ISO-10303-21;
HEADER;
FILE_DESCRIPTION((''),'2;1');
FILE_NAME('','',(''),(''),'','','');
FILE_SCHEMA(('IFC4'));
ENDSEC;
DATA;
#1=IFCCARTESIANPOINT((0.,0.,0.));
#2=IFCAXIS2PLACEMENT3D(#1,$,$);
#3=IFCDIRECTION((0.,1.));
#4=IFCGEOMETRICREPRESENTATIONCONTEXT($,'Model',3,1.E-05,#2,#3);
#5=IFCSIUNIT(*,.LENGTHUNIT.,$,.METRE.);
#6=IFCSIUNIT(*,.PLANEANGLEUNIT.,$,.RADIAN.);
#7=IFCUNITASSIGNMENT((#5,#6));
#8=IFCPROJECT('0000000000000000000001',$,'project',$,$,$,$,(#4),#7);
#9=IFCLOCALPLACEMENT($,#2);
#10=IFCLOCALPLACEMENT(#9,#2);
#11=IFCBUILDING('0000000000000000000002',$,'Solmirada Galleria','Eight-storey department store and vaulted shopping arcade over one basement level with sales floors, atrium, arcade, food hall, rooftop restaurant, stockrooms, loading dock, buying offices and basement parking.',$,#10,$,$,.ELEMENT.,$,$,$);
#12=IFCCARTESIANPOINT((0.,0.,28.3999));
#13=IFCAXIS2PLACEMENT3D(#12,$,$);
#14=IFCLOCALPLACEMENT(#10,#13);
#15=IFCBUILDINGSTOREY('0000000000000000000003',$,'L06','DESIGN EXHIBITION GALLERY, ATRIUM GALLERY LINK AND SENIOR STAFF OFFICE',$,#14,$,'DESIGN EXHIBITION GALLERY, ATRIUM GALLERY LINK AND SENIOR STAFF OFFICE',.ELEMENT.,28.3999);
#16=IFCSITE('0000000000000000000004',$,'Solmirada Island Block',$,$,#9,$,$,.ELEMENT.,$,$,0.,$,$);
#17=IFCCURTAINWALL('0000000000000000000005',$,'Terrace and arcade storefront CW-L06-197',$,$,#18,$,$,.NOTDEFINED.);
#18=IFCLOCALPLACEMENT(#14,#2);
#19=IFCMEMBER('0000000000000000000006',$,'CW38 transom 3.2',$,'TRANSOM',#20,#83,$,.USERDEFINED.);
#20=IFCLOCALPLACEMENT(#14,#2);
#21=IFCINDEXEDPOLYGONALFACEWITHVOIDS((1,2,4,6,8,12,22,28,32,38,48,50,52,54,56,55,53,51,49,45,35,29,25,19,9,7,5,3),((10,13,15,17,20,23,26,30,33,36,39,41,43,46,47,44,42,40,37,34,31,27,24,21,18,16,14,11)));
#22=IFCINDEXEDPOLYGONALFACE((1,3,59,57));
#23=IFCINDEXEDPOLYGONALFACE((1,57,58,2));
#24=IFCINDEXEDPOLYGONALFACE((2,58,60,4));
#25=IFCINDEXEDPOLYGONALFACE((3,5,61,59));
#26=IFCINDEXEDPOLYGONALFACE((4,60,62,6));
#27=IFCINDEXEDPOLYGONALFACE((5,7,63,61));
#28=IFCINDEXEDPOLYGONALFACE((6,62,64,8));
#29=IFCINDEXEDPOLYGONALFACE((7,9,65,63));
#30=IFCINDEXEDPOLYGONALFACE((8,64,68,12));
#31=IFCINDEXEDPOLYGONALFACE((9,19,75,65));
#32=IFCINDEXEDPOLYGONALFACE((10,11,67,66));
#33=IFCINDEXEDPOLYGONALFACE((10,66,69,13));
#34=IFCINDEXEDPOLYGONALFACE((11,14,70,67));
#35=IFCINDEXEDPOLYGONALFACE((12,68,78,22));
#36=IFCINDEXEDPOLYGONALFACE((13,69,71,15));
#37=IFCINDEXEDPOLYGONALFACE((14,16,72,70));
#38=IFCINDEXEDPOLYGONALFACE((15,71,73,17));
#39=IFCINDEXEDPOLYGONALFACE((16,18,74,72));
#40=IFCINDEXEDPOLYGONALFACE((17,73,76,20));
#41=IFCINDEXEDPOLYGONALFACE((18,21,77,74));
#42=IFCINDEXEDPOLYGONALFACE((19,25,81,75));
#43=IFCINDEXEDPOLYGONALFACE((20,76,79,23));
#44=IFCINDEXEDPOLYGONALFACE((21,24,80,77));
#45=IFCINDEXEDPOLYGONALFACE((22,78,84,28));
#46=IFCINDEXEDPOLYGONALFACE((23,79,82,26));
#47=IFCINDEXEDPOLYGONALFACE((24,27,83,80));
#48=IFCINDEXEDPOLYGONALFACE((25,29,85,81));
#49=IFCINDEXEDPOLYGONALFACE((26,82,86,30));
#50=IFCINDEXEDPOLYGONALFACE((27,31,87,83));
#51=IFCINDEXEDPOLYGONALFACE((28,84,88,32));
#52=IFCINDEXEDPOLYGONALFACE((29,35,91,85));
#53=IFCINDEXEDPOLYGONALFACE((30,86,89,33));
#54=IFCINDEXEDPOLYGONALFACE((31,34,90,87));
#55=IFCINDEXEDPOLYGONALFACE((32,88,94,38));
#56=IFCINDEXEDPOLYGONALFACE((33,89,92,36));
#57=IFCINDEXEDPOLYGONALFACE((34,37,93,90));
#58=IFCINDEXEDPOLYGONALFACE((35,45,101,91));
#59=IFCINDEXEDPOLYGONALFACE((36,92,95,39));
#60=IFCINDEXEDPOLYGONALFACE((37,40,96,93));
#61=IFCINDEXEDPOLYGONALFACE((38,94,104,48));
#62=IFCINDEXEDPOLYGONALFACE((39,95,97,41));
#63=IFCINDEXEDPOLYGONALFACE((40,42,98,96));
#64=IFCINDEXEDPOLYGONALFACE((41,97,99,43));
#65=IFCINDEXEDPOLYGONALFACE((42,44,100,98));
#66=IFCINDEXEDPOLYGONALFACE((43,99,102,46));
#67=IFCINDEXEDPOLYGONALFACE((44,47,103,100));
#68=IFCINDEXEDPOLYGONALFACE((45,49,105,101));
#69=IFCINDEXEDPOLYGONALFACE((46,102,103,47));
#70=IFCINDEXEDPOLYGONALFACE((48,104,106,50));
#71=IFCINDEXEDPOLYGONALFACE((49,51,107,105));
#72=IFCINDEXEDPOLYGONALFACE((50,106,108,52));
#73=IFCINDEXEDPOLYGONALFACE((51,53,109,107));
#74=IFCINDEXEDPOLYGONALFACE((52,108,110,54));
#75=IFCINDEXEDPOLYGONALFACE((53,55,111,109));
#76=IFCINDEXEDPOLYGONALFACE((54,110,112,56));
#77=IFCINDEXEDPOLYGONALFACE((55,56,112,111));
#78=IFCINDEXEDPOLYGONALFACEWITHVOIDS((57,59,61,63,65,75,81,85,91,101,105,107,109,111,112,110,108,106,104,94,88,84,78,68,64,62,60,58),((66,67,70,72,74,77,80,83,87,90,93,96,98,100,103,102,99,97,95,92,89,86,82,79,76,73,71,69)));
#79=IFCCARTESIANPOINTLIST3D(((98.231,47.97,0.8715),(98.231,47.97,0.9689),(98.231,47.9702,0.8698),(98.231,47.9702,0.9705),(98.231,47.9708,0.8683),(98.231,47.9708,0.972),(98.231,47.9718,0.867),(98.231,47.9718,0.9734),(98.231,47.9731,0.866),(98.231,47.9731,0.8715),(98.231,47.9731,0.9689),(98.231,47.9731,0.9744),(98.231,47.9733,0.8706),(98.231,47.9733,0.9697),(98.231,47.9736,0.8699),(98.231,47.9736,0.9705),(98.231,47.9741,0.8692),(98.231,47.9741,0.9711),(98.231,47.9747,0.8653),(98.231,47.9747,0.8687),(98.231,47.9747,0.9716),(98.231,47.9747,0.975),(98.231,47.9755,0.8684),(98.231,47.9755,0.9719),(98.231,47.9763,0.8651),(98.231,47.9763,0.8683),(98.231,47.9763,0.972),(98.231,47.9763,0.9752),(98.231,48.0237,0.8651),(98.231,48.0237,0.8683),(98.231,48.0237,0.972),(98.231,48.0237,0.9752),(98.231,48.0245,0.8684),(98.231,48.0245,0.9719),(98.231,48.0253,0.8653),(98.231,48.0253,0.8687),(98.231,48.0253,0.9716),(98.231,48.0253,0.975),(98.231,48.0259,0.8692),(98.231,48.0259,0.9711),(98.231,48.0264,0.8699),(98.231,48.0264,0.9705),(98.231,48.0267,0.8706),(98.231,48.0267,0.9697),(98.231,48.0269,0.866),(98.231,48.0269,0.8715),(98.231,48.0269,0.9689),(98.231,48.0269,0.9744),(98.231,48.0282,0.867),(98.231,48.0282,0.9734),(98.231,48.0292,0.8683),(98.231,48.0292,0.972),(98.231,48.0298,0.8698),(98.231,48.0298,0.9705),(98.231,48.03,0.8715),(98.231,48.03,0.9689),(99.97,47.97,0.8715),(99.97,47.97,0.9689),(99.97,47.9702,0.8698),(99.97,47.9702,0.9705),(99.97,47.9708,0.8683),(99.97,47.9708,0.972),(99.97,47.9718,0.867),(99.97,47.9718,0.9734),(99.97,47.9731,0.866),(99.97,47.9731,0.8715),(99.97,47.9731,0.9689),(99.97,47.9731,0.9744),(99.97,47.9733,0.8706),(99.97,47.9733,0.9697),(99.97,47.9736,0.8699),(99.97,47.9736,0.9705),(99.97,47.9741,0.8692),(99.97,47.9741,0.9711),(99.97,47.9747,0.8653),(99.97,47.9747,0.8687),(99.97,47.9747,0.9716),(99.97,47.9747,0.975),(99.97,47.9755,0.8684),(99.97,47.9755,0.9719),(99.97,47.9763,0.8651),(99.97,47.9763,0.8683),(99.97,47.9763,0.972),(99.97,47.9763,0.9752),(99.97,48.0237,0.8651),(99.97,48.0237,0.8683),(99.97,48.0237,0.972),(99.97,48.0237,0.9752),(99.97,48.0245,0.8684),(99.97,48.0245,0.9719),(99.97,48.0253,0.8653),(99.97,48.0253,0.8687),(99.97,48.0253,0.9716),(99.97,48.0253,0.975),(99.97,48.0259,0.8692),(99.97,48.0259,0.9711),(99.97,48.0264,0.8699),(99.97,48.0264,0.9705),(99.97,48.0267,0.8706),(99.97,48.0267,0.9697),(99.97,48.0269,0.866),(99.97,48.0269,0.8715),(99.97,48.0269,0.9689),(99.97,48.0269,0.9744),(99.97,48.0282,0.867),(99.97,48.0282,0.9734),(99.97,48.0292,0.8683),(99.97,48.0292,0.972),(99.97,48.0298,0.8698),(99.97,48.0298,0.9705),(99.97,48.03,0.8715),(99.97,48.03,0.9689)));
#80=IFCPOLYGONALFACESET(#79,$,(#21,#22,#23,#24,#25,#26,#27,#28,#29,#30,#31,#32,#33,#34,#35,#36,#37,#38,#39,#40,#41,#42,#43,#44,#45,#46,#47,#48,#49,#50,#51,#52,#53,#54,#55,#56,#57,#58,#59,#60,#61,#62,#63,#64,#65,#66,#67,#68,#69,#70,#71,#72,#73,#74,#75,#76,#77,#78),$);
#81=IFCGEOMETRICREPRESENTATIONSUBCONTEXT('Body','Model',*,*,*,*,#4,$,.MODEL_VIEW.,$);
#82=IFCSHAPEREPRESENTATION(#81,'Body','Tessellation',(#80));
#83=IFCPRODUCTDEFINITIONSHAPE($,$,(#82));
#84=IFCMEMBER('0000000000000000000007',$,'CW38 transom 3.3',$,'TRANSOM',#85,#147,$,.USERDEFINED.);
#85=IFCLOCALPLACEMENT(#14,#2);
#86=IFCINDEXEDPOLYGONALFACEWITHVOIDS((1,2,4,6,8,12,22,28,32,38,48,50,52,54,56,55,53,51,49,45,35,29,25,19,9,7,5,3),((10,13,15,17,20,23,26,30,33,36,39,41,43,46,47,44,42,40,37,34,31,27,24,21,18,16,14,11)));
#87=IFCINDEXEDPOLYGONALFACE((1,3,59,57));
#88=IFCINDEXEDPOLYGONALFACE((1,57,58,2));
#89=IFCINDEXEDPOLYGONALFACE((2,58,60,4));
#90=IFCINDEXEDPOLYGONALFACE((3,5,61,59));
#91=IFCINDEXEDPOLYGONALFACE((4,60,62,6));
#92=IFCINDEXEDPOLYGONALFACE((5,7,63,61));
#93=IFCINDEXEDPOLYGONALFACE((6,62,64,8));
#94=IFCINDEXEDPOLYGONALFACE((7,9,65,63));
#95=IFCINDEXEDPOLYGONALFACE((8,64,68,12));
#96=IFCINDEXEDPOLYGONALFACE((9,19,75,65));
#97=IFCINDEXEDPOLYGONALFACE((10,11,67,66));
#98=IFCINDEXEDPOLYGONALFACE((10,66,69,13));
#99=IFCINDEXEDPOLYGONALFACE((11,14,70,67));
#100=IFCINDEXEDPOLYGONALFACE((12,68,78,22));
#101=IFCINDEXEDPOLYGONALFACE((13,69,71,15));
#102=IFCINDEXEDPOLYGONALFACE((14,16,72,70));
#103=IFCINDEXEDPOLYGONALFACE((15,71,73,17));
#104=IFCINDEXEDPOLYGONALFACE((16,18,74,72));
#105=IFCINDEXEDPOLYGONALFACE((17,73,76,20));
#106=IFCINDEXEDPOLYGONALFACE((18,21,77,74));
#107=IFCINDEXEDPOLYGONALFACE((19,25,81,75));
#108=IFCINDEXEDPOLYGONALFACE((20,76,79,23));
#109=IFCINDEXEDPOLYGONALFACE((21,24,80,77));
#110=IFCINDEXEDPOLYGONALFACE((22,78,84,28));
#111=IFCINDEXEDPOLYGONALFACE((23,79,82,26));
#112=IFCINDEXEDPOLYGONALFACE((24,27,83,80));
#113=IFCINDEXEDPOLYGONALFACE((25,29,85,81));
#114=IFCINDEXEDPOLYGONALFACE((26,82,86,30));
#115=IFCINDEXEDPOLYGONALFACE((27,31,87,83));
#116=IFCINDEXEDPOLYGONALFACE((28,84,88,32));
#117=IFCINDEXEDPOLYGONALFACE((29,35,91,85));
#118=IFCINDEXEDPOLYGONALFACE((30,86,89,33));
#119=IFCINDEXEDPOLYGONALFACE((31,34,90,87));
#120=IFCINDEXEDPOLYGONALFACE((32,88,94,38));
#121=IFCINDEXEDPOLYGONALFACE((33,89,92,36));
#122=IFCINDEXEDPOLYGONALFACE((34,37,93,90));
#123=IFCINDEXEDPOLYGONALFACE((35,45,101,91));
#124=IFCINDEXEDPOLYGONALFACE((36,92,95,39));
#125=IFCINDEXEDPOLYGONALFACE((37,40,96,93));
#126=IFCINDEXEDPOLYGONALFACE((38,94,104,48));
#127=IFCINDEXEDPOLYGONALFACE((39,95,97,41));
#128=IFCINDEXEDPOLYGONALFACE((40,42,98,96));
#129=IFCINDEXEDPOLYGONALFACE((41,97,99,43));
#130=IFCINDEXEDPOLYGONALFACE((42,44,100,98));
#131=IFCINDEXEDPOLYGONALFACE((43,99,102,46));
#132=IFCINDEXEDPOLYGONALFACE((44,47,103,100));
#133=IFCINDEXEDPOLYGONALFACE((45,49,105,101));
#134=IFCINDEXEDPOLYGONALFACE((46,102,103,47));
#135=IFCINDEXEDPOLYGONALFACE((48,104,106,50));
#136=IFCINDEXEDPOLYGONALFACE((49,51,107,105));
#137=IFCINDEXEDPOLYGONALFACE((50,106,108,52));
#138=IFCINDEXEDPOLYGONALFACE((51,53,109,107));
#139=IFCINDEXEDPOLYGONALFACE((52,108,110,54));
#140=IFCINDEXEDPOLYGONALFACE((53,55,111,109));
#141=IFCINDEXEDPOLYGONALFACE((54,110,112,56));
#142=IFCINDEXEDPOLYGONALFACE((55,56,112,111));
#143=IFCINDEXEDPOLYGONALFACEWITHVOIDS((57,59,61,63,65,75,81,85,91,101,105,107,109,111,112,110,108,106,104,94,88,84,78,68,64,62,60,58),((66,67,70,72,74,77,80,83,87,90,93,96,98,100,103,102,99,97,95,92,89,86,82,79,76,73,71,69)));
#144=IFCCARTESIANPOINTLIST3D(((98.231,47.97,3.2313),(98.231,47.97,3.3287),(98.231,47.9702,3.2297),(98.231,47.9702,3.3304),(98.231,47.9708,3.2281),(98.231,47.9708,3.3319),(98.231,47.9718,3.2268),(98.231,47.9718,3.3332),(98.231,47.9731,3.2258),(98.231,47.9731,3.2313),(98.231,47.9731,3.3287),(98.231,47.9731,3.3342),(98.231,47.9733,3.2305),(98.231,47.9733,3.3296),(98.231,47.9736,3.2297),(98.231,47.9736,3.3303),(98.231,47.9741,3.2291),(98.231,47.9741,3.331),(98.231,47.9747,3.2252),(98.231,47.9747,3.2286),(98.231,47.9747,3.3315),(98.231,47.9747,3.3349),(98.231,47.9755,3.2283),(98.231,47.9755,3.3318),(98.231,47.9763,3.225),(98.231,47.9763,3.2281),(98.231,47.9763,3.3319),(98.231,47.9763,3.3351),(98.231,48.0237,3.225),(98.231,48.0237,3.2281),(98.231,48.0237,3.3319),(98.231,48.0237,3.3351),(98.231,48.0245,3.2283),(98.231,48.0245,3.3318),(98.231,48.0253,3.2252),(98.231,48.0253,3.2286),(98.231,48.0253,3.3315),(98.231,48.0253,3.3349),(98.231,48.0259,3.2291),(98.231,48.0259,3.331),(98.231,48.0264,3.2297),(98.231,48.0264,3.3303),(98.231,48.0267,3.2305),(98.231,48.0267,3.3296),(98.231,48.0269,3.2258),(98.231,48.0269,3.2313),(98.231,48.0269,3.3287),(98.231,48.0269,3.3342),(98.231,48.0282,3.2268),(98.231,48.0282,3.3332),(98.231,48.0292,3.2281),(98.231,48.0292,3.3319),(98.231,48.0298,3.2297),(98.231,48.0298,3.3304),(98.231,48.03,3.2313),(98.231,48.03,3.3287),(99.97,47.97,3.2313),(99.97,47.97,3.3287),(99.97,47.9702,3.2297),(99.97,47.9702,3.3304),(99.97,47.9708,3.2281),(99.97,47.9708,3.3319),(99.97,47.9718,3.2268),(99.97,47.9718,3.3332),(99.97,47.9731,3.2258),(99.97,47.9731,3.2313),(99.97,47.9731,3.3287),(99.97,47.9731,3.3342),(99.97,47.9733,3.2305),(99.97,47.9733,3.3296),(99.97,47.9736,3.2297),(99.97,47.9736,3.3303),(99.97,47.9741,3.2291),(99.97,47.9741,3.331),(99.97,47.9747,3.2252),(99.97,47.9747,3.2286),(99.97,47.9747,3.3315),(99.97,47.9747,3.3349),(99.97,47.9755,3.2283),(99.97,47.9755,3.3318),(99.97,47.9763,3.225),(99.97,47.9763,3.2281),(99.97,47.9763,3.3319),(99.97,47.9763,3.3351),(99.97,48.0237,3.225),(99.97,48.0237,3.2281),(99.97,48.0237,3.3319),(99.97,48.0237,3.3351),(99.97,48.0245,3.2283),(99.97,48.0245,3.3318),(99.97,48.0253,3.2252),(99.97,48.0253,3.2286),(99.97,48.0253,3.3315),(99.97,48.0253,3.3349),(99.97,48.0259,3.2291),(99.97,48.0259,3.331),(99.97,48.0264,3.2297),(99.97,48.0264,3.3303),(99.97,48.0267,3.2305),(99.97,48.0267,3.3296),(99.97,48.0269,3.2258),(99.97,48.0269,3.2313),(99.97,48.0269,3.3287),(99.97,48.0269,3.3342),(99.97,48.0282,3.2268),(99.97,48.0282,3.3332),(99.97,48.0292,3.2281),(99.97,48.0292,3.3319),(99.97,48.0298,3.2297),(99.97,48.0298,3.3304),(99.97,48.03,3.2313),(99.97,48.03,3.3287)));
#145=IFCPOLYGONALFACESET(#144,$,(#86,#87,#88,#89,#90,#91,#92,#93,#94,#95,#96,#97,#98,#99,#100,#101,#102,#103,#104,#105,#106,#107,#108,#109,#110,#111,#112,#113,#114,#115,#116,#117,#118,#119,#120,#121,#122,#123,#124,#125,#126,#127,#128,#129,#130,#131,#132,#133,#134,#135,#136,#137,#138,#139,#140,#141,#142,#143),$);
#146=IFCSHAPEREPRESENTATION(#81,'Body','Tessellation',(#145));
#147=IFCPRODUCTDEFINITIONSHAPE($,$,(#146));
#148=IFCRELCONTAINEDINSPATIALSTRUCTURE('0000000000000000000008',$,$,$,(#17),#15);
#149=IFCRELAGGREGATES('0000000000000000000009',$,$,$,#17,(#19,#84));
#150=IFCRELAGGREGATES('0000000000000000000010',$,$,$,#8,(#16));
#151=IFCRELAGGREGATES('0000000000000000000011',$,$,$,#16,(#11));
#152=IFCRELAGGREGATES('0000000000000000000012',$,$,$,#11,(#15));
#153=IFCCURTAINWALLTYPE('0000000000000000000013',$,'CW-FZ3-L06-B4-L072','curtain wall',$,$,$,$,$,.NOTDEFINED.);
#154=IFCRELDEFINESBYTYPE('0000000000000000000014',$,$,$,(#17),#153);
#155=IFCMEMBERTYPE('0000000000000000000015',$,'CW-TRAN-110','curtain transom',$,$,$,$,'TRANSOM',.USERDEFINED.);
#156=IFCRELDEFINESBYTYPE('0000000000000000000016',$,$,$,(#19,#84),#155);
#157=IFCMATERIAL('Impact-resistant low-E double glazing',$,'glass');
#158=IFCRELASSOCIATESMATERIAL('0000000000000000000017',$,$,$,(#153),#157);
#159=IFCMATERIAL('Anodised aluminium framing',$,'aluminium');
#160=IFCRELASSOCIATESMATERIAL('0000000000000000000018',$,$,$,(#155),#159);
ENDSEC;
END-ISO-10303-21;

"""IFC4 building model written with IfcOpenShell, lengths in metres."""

from ifc_helpers import new_model, si_unit, direction, frame, origin, origin_2d, place, context, subcontext, project, spatial, hollow_rectangle, extrude, material, material_profile, profile_set, type_object, element, aggregate, save


model = new_model("IFC4")

# Units and contexts
model_context = context("Model", 3, precision=1e-05, world=origin(), true_north=direction((0.0, 1.0)))
body_context = subcontext(model_context, "Body", "Model", "MODEL_VIEW")
ifc_project = project(units=[si_unit("LENGTHUNIT", "METRE"), si_unit("PLANEANGLEUNIT", "RADIAN")], contexts=[model_context])

# Site, building, storey
site_placement = place(None, origin())
site = spatial("IfcSite", under=ifc_project, at=site_placement, Name="Solmirada Island Block", CompositionType="ELEMENT", RefElevation=0.0)
building_placement = place(site_placement, origin())
building = spatial("IfcBuilding", under=site, at=building_placement, Name="Solmirada Galleria", Description="Eight-storey department store and vaulted shopping arcade over one basement level with sales floors, atrium, arcade, food hall, rooftop restaurant, stockrooms, loading dock, buying offices and basement parking.", CompositionType="ELEMENT")
storey_placement = place(building_placement, frame((0.0, 0.0, 28.3999)))
storey = spatial("IfcBuildingStorey", under=building, at=storey_placement, Name="L06", Description="DESIGN EXHIBITION GALLERY, ATRIUM GALLERY LINK AND SENIOR STAFF OFFICE", LongName="DESIGN EXHIBITION GALLERY, ATRIUM GALLERY LINK AND SENIOR STAFF OFFICE", CompositionType="ELEMENT", Elevation=28.3999)

# Shared definitions
ifc_material_1 = material(Name="Impact-resistant low-E double glazing", Category="glass")
curtain_wall_type = type_object("IfcCurtainWallType", Name="CW-FZ3-L06-B4-L072", Description="curtain wall", PredefinedType="NOTDEFINED", material=ifc_material_1)
ifc_material_2 = material(Name="Anodised aluminium framing", Category="aluminium")

# Curtain wall, members
curtain_wall_1_placement = place(storey_placement, origin())
curtain_wall_1 = element("IfcCurtainWall", 1, at=curtain_wall_1_placement, inside=storey, type_object=curtain_wall_type, Name="Terrace and arcade storefront CW-L06-197", PredefinedType="NOTDEFINED")
ifc_material_profile_1 = material_profile(ifc_material_2, hollow_rectangle(XDim=0.0601, YDim=0.1101, WallThickness=0.0032, InnerFilletRadius=0.0032, OuterFilletRadius=0.0063, at=origin_2d()), Name="ALU-TRAN-110X60")
ifc_profile_set_1 = profile_set([ifc_material_profile_1], Name="Anodised aluminium framing")
member_type_1 = type_object("IfcMemberType", Name="CW-TRAN-110", Description="curtain transom", ElementType="TRANSOM", PredefinedType="USERDEFINED", material=ifc_profile_set_1)
member_1_placement = place(storey_placement, frame((99.97, 48.0, 0.9202), z_axis=(-1.0, 0.0, 0.0), x_axis=(0.0, -1.0, 0.0)))
member_1 = element("IfcMember", 2, at=member_1_placement, type_object=member_type_1, Name="CW38 transom 3.2", ObjectType="TRANSOM", PredefinedType="USERDEFINED", context=body_context, shape_type="SweptSolid", body=[
    extrude(hollow_rectangle(XDim=0.0601, YDim=0.1101, WallThickness=0.0032, InnerFilletRadius=0.0032, OuterFilletRadius=0.0063, at=origin_2d()), origin(), (0.0, 0.0, 1.0), 1.739),
])
member_2_placement = place(storey_placement, frame((99.97, 48.0, 3.28), z_axis=(-1.0, 0.0, 0.0), x_axis=(0.0, -1.0, 0.0)))
member_2 = element("IfcMember", 3, at=member_2_placement, type_object=member_type_1, Name="CW38 transom 3.3", ObjectType="TRANSOM", PredefinedType="USERDEFINED", context=body_context, shape_type="SweptSolid", body=[
    extrude(hollow_rectangle(XDim=0.0601, YDim=0.1101, WallThickness=0.0032, InnerFilletRadius=0.0032, OuterFilletRadius=0.0063, at=origin_2d()), origin(), (0.0, 0.0, 1.0), 1.739),
])

aggregate(curtain_wall_1, [member_1, member_2])

save(model, "model.ifc")
